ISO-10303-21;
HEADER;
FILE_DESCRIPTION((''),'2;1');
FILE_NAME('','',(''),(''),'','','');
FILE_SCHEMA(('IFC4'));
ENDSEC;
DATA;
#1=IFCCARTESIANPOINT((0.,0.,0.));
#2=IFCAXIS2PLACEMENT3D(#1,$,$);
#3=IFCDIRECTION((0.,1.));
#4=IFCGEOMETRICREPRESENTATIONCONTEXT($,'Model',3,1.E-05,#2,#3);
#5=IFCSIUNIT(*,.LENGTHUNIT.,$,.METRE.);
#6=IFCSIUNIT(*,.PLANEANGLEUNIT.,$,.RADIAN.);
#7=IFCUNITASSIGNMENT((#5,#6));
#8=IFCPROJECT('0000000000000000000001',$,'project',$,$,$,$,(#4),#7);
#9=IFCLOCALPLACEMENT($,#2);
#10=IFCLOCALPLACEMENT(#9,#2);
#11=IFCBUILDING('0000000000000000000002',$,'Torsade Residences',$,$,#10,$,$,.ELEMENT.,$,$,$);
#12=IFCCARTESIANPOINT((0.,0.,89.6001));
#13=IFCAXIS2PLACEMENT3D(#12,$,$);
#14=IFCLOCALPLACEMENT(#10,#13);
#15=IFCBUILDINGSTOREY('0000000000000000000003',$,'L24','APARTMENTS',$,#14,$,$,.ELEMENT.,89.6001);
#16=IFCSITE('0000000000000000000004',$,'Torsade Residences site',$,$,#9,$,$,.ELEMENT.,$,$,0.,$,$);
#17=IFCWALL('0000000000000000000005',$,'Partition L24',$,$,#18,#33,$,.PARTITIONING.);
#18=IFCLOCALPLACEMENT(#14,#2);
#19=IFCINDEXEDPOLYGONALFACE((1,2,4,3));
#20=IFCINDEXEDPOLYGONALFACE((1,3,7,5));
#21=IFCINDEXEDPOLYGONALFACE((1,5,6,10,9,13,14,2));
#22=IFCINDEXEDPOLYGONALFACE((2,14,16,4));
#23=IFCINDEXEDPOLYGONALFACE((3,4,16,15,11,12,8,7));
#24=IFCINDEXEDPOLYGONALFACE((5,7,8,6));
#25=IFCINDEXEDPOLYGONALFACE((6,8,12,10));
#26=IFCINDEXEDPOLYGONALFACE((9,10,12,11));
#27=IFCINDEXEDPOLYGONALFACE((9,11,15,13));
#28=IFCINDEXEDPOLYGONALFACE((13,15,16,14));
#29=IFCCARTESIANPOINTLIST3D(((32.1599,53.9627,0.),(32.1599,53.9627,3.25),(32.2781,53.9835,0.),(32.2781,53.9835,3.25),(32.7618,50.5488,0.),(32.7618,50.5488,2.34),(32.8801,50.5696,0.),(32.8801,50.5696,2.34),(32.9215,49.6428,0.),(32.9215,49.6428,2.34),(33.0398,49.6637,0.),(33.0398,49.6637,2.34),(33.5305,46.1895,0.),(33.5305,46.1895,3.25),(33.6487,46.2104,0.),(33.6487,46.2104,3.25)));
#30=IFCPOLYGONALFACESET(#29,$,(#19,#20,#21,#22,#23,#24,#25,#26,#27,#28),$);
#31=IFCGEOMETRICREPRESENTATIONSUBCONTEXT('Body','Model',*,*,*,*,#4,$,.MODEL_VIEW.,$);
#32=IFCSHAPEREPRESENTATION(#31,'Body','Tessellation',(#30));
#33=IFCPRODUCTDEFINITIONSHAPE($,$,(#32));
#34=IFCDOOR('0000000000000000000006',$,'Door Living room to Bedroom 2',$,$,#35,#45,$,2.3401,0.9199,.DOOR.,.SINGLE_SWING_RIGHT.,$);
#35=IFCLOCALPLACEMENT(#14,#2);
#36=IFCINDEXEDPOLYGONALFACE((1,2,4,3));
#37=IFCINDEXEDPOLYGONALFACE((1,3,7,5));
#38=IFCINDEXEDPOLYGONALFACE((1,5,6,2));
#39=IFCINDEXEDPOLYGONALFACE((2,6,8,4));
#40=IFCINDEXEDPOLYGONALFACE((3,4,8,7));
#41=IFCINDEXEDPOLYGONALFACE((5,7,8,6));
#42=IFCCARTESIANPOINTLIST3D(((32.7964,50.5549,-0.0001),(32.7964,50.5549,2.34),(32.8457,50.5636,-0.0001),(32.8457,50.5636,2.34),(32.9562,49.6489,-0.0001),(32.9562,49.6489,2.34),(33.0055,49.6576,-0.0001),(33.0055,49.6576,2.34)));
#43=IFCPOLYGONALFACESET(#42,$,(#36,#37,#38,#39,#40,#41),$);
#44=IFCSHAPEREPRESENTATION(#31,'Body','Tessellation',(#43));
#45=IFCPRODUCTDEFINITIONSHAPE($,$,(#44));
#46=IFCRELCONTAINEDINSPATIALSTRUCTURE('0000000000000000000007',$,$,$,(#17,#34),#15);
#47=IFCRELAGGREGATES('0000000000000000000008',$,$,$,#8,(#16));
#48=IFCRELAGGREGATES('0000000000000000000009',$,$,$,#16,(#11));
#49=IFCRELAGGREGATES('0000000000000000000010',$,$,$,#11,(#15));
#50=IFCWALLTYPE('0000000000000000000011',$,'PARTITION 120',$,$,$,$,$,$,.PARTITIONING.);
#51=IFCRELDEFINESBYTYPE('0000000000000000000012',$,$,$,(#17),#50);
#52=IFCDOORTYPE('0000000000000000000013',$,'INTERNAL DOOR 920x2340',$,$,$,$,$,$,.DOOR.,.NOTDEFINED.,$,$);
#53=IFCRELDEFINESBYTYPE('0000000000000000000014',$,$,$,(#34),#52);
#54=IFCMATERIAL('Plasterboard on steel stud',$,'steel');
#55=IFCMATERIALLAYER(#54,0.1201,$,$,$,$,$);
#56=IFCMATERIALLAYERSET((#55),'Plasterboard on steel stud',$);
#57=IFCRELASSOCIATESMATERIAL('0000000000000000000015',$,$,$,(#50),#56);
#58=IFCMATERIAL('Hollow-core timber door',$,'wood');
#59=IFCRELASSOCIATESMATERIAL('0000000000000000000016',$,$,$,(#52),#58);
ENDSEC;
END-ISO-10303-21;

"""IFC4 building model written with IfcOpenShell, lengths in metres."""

from ifc_helpers import new_model, si_unit, direction, frame, frame_2d, origin, place, context, subcontext, project, spatial, rectangle, extrude, material, layer, layer_set, type_object, element, fill, save


model = new_model("IFC4")

# Units and contexts
model_context = context("Model", 3, precision=1e-05, world=origin(), true_north=direction((0.0, 1.0)))
body_context = subcontext(model_context, "Body", "Model", "MODEL_VIEW")
ifc_project = project(units=[si_unit("LENGTHUNIT", "METRE"), si_unit("PLANEANGLEUNIT", "RADIAN")], contexts=[model_context])

# Site, building, storey
site_placement = place(None, origin())
site = spatial("IfcSite", under=ifc_project, at=site_placement, Name="Torsade Residences site", CompositionType="ELEMENT", RefElevation=0.0)
building_placement = place(site_placement, origin())
building = spatial("IfcBuilding", under=site, at=building_placement, Name="Torsade Residences", CompositionType="ELEMENT")
storey_placement = place(building_placement, frame((0.0, 0.0, 89.6001)))
storey = spatial("IfcBuildingStorey", under=building, at=storey_placement, Name="L24", Description="APARTMENTS", CompositionType="ELEMENT", Elevation=89.6001)

# Wall, opening, door
ifc_material_1 = material(Name="Plasterboard on steel stud", Category="steel")
ifc_layer_1 = layer(ifc_material_1, 0.1201)
ifc_layer_set_1 = layer_set([ifc_layer_1], Name="Plasterboard on steel stud")
wall_type = type_object("IfcWallType", Name="PARTITION 120", PredefinedType="PARTITIONING", material=ifc_layer_set_1)
wall_1_placement = place(storey_placement, frame((33.5896, 46.2, 0.0), z_axis=(0.0, 0.0, 1.0), x_axis=(-0.173646, 0.984808, 0.0)))
wall_1 = element("IfcWall", 1, at=wall_1_placement, inside=storey, type_object=wall_type, Name="Partition L24", PredefinedType="PARTITIONING", context=body_context, shape_type="SweptSolid", body=[
    extrude(rectangle(XDim=7.8931, YDim=0.1201, at=frame_2d((3.9465, 0.0))), origin(), (0.0, 0.0, 1.0), 3.25),
])
opening_1_placement = place(wall_1_placement, frame((3.5066, 0.0, 0.0)))
opening_1 = element("IfcOpeningElement", 2, at=opening_1_placement, cuts=wall_1, PredefinedType="OPENING", context=body_context, shape_type="SweptSolid", body=[
    extrude(rectangle(XDim=0.9199, YDim=2.3401, at=frame_2d((0.46, 1.1699))), frame((0.0, 0.0701, 0.0), z_axis=(0.0, -1.0, 0.0), x_axis=(1.0, 0.0, 0.0)), (0.0, 0.0, 1.0), 0.1401),
])
ifc_material_2 = material(Name="Hollow-core timber door", Category="wood")
door_type_1 = type_object("IfcDoorType", Name="INTERNAL DOOR 920x2340", OperationType="NOTDEFINED", PredefinedType="DOOR", material=ifc_material_2)
door_1_placement = place(opening_1_placement, origin())
door_1 = element("IfcDoor", 3, at=door_1_placement, inside=storey, type_object=door_type_1, Name="Door Living room to Bedroom 2", OperationType="SINGLE_SWING_RIGHT", OverallHeight=2.3401, OverallWidth=0.9199, PredefinedType="DOOR", context=body_context, shape_type="SweptSolid", body=[
    extrude(rectangle(XDim=0.9199, YDim=2.3401, at=frame_2d((0.46, 1.1699))), frame((0.0, 0.0249, 0.0), z_axis=(0.0, -1.0, 0.0), x_axis=(1.0, 0.0, 0.0)), (0.0, 0.0, 1.0), 0.05),
])
fill(opening_1, door_1)

save(model, "model.ifc")
